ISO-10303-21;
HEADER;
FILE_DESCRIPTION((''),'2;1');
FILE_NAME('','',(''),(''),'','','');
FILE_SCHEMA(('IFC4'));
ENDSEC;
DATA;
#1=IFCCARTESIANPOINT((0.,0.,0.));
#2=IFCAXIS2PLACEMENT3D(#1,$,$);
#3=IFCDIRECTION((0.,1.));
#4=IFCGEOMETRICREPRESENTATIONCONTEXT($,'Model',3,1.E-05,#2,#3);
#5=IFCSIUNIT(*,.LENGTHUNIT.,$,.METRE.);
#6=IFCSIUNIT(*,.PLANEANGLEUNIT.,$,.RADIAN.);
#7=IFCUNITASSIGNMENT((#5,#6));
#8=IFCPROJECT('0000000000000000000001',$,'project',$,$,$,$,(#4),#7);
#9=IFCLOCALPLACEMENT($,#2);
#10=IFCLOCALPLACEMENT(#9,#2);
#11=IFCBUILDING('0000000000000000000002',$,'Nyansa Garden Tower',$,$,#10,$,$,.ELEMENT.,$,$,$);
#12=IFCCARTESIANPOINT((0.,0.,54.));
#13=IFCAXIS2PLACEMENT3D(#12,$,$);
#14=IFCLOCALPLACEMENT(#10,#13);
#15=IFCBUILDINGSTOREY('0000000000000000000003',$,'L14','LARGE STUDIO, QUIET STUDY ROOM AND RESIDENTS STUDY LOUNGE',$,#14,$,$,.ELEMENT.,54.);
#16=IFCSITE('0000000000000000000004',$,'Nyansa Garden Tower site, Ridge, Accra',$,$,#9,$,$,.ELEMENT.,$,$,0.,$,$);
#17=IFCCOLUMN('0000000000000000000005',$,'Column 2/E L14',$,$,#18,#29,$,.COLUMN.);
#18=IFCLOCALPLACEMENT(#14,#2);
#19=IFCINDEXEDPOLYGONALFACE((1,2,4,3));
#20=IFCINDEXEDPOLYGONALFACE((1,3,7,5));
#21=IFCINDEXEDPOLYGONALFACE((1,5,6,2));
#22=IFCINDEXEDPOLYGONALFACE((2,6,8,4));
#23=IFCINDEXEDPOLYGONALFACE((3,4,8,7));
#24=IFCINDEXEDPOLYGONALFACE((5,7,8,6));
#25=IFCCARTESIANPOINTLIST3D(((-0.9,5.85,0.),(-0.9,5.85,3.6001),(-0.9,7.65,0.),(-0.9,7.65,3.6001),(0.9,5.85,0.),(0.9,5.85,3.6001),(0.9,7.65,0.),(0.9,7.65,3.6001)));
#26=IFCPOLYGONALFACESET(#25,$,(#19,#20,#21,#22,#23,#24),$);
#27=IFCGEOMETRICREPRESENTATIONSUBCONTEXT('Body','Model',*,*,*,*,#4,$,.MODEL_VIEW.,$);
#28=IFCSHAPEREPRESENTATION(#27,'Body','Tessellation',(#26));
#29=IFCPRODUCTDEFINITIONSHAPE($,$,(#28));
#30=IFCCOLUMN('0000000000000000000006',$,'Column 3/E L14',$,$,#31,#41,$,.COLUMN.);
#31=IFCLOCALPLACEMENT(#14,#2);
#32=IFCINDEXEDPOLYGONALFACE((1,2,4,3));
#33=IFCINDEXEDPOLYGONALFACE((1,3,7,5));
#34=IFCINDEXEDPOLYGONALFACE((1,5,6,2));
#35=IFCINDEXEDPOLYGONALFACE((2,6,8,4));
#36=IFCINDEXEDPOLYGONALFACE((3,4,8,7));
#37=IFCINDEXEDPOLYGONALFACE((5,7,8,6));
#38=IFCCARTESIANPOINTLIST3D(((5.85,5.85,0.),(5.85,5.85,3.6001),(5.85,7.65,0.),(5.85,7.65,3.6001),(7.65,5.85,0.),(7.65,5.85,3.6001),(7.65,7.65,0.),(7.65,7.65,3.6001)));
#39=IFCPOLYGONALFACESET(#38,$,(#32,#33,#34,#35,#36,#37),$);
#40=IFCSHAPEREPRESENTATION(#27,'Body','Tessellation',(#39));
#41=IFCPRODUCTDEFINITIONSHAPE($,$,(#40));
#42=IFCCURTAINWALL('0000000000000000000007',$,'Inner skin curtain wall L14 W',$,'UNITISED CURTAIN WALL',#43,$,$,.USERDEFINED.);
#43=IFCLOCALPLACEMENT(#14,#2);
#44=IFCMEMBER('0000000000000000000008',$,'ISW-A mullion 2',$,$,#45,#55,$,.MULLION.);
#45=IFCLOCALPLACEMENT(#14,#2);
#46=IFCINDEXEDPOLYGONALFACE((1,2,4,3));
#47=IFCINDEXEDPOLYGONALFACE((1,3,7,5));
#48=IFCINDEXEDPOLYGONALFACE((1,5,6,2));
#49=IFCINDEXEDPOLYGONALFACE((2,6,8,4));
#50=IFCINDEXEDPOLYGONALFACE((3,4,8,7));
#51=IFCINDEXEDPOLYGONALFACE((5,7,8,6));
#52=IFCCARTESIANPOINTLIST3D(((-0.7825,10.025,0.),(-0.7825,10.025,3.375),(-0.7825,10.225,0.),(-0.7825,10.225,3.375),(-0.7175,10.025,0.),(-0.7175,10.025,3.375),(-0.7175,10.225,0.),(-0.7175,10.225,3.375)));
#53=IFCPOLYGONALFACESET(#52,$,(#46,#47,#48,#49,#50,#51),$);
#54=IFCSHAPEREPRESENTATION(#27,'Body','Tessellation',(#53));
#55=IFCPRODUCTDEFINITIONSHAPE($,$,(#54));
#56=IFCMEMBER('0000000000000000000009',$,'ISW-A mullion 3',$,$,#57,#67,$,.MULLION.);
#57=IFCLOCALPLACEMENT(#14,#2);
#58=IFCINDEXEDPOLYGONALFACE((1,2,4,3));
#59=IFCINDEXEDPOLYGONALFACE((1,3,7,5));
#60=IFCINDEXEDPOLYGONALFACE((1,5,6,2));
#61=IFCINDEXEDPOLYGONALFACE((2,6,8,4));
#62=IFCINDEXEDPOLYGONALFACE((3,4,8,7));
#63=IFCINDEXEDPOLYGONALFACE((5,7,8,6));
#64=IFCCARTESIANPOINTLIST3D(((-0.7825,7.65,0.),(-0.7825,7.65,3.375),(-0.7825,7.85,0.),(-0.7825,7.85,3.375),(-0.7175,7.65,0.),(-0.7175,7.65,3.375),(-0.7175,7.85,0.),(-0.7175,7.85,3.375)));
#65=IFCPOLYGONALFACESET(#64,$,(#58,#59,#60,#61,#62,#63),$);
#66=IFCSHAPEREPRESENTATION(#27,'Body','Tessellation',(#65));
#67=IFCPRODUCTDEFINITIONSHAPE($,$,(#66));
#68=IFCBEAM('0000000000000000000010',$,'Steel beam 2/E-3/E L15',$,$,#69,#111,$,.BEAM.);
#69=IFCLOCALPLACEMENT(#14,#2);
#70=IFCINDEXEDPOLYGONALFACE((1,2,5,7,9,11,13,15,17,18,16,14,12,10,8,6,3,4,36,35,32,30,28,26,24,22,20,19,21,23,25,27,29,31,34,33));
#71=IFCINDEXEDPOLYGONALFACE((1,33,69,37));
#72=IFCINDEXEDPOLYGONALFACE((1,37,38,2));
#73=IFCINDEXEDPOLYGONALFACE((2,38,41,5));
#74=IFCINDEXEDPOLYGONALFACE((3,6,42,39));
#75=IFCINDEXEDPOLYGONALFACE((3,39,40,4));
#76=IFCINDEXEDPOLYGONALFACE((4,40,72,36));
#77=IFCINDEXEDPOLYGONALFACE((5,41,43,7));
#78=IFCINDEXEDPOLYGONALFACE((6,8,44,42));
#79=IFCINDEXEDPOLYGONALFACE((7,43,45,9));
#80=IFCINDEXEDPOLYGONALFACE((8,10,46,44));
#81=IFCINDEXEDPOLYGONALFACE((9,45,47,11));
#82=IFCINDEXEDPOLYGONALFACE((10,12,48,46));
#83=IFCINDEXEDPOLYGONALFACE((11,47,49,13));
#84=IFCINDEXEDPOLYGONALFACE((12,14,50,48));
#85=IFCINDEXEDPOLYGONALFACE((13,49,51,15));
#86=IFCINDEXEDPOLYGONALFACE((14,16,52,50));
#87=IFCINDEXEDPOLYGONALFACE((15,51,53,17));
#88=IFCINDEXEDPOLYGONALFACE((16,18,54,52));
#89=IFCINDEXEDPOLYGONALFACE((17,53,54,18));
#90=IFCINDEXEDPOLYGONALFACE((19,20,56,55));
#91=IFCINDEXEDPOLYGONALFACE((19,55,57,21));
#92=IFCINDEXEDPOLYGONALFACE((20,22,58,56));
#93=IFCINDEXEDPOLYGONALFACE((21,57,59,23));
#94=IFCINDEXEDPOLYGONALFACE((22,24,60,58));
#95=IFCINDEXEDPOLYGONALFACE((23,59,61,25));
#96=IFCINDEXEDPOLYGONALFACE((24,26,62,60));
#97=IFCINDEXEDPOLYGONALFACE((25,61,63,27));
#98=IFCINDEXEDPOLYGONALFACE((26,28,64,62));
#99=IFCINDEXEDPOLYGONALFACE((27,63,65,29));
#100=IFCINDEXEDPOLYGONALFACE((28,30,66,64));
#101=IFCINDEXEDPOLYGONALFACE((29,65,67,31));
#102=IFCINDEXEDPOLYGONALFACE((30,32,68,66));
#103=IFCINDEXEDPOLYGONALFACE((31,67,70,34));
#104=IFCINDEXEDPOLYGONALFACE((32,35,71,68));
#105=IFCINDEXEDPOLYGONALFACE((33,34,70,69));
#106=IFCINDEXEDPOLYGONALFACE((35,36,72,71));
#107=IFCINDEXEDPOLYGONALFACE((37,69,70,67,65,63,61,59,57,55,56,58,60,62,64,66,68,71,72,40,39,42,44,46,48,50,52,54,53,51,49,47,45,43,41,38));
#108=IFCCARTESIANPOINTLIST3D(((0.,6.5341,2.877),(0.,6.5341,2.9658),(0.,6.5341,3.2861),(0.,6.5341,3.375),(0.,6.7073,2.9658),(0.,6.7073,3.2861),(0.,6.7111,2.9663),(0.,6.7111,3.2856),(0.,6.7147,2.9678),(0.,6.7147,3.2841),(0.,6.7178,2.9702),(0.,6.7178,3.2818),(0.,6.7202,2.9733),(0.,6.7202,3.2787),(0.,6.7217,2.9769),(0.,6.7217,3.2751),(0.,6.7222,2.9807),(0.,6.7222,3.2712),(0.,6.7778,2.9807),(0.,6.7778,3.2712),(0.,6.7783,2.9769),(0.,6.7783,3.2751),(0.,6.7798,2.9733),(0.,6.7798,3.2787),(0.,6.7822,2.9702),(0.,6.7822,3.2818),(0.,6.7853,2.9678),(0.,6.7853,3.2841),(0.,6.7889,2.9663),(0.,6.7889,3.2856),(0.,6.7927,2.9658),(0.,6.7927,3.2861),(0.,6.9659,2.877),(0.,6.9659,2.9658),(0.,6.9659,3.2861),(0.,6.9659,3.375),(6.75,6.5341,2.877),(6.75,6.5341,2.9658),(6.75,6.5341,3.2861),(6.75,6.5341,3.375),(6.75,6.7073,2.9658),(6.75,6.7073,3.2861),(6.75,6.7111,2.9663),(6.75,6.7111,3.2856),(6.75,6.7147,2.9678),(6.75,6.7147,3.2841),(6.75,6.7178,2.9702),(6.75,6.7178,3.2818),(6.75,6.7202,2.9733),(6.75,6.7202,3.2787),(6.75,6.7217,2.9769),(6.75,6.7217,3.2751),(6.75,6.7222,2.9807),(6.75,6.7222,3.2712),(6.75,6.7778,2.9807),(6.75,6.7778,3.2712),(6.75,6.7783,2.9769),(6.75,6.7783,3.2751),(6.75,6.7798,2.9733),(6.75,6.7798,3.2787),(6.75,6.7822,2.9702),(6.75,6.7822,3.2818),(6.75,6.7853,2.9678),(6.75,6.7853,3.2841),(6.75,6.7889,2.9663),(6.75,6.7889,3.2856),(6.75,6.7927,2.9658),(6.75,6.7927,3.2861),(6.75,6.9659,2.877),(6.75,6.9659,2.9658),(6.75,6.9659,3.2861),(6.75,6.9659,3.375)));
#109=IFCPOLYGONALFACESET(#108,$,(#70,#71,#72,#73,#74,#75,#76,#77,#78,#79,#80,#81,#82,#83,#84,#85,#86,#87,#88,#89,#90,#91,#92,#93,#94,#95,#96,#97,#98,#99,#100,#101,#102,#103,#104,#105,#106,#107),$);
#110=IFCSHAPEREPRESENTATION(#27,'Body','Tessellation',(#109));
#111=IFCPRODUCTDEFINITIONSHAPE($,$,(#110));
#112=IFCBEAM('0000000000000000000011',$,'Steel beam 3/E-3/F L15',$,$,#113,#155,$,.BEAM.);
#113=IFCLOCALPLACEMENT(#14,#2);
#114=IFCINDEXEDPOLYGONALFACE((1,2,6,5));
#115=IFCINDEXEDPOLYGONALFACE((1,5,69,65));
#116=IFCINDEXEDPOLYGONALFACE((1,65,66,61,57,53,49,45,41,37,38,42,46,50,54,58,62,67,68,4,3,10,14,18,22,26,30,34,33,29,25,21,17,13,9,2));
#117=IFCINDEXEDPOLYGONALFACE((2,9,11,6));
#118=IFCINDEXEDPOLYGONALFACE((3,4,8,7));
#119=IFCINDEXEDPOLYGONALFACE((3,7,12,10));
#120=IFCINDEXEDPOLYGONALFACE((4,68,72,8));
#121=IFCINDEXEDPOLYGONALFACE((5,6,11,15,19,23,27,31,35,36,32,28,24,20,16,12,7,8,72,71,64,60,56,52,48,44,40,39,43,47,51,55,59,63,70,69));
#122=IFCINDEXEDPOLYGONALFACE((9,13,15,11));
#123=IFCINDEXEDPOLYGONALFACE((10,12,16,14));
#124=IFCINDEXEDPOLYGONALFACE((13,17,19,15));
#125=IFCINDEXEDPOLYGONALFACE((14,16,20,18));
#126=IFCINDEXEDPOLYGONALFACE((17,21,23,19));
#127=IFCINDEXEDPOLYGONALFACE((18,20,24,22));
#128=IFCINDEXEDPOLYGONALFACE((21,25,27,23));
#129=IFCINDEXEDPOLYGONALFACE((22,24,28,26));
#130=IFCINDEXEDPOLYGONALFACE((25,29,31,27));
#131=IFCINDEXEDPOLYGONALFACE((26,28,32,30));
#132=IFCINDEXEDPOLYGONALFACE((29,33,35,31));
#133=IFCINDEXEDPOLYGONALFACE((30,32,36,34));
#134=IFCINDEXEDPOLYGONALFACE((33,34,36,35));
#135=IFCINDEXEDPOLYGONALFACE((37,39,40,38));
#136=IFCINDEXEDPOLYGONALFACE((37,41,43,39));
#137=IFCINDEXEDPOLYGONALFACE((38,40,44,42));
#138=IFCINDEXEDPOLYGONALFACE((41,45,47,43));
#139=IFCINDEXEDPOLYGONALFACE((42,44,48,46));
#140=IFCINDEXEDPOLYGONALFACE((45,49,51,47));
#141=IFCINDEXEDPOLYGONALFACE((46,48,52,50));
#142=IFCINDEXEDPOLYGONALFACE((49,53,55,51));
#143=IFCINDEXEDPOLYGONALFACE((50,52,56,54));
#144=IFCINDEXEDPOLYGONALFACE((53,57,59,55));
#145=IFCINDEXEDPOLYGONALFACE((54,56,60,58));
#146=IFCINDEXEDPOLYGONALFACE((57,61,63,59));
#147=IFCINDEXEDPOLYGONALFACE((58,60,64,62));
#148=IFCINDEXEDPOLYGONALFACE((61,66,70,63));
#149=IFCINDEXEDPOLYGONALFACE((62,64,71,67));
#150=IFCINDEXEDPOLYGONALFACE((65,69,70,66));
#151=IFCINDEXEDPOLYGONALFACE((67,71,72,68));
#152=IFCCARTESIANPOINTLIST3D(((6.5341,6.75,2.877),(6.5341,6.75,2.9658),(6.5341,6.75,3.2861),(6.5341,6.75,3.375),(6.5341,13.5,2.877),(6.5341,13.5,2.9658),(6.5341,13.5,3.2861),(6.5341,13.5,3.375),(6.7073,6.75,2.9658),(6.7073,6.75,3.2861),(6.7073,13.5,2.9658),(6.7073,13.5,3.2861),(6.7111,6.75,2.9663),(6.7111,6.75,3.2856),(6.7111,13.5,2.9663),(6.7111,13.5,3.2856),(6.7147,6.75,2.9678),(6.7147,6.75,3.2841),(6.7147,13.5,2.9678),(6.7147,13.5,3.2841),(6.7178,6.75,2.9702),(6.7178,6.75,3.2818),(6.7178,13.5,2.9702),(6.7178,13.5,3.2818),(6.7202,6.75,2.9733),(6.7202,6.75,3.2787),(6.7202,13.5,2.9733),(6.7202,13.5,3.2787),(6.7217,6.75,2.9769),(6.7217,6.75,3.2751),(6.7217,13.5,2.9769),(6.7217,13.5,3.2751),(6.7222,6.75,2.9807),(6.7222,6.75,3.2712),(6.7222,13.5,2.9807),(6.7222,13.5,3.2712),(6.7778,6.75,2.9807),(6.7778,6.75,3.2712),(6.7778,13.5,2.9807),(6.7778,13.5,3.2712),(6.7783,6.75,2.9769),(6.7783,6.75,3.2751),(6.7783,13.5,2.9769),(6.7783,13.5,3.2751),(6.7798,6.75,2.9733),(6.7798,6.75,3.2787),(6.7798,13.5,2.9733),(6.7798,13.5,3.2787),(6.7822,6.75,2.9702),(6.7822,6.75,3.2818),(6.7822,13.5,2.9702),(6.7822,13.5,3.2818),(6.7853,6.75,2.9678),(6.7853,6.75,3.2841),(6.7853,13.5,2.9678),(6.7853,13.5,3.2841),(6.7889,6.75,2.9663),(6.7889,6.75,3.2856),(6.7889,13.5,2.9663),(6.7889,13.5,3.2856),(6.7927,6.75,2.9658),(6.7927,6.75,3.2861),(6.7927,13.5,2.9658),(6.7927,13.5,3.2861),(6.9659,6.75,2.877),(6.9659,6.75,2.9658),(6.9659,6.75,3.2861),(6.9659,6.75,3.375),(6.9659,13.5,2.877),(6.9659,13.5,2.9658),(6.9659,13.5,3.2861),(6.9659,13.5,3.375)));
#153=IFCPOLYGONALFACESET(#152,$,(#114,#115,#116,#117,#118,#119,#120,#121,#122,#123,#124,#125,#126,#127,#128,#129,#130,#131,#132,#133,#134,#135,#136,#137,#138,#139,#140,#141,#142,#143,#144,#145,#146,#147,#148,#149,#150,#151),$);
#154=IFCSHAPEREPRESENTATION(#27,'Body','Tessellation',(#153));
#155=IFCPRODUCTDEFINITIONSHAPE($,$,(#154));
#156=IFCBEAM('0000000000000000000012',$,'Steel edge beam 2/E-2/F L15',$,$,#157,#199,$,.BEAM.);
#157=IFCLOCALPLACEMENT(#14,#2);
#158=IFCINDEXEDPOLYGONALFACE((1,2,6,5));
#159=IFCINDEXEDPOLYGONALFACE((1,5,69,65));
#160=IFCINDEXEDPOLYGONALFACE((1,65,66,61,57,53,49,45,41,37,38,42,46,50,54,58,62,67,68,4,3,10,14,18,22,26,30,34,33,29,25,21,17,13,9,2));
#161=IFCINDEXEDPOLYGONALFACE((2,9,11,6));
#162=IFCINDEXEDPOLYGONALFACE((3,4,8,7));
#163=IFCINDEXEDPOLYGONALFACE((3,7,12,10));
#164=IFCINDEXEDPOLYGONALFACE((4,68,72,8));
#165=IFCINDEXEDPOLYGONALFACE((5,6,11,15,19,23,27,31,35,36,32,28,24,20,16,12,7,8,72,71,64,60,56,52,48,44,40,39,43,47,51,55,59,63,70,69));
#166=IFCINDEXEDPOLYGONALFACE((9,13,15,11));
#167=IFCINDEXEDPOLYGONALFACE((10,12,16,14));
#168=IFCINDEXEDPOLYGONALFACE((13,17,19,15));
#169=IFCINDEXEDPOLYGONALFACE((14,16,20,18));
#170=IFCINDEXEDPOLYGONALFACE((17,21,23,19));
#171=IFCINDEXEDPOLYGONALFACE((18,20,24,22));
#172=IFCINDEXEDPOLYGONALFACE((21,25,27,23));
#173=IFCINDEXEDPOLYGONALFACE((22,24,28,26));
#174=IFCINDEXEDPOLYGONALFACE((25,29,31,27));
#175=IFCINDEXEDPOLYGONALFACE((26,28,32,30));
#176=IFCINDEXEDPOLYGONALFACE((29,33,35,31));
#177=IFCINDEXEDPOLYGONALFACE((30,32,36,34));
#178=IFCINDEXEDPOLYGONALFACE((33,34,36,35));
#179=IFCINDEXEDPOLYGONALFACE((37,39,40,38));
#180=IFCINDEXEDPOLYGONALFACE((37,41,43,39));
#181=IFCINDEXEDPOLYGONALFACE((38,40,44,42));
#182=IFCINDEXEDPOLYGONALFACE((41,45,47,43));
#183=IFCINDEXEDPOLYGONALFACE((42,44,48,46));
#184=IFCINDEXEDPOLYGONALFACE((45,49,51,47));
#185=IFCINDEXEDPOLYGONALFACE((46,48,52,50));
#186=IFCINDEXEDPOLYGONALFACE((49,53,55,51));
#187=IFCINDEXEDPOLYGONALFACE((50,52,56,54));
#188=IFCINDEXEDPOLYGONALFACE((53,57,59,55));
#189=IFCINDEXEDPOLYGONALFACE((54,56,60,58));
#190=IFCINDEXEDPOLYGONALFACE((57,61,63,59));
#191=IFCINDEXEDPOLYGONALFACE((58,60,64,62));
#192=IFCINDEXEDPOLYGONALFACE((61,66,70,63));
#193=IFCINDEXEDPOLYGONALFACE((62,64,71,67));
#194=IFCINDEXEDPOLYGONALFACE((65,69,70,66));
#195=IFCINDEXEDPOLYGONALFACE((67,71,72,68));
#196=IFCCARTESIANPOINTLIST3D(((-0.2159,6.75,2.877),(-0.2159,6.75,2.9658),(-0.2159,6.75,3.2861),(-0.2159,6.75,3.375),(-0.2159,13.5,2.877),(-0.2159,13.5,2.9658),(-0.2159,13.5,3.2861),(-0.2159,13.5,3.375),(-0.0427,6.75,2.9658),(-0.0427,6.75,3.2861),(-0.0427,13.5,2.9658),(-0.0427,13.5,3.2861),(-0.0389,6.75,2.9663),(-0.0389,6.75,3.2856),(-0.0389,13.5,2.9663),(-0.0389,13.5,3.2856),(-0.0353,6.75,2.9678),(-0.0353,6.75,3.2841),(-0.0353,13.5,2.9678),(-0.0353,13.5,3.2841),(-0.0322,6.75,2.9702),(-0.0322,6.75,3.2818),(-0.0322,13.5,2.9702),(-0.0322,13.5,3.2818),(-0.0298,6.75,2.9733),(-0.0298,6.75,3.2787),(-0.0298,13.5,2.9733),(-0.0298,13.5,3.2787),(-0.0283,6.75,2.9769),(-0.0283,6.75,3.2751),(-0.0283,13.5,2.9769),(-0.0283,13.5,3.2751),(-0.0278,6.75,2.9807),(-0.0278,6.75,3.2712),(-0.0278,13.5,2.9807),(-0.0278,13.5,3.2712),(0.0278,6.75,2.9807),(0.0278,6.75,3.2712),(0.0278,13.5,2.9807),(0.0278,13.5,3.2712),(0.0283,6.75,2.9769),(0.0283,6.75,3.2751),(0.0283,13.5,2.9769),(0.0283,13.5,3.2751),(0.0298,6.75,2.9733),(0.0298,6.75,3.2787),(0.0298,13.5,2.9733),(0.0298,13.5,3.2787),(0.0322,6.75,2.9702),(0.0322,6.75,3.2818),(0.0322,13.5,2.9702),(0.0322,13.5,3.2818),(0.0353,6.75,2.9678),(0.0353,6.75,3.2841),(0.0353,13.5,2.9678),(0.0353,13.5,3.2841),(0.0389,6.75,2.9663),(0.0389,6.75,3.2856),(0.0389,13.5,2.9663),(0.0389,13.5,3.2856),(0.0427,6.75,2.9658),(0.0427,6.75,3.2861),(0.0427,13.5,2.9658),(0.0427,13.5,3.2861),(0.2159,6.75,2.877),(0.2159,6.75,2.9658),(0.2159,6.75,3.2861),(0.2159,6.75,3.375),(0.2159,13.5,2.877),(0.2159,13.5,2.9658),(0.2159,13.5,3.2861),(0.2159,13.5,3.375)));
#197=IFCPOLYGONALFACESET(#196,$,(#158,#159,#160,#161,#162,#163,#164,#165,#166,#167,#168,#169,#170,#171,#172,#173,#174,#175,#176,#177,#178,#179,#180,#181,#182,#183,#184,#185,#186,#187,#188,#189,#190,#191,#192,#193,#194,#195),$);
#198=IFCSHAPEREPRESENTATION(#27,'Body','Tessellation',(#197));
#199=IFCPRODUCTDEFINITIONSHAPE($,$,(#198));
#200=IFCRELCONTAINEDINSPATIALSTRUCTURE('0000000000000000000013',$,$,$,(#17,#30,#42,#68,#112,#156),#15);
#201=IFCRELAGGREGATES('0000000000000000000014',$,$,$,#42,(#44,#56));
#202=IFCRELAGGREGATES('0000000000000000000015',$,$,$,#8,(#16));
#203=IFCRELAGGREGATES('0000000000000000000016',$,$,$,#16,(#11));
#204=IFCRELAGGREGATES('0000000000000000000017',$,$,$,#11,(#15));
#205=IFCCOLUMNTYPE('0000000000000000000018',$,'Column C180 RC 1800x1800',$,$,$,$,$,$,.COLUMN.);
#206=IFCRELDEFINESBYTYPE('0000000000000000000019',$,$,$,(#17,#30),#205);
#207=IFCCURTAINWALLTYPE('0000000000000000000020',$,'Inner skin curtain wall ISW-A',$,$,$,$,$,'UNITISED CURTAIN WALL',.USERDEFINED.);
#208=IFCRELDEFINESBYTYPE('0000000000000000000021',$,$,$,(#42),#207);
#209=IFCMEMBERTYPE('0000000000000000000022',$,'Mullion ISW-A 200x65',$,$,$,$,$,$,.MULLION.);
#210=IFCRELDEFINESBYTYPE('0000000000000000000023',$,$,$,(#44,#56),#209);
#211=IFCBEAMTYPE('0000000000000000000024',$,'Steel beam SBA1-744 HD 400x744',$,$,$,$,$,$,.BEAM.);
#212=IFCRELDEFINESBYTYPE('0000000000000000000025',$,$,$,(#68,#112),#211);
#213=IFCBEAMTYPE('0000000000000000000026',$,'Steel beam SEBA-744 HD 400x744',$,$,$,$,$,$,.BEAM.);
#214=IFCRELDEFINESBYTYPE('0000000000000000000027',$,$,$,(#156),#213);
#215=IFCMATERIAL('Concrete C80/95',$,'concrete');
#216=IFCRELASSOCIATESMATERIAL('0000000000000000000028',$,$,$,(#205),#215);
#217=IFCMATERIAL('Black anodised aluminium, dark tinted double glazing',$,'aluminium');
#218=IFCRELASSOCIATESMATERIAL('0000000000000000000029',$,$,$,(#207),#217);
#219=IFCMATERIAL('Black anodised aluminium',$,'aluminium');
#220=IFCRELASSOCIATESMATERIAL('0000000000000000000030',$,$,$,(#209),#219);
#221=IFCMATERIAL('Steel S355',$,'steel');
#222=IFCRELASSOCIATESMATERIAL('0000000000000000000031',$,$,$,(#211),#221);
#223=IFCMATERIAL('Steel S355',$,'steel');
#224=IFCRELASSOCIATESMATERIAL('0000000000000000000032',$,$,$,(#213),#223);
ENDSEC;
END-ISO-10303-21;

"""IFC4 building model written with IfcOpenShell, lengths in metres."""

from ifc_helpers import new_model, si_unit, direction, frame, origin, origin_2d, place, context, subcontext, project, spatial, rectangle, i_section, extrude, material, material_profile, profile_set, type_object, element, aggregate, save


model = new_model("IFC4")

# Units and contexts
model_context = context("Model", 3, precision=1e-05, world=origin(), true_north=direction((0.0, 1.0)))
body_context = subcontext(model_context, "Body", "Model", "MODEL_VIEW")
ifc_project = project(units=[si_unit("LENGTHUNIT", "METRE"), si_unit("PLANEANGLEUNIT", "RADIAN")], contexts=[model_context])

# Site, building, storey
site_placement = place(None, origin())
site = spatial("IfcSite", under=ifc_project, at=site_placement, Name="Nyansa Garden Tower site, Ridge, Accra", CompositionType="ELEMENT", RefElevation=0.0)
building_placement = place(site_placement, origin())
building = spatial("IfcBuilding", under=site, at=building_placement, Name="Nyansa Garden Tower", CompositionType="ELEMENT")
storey_placement = place(building_placement, frame((0.0, 0.0, 54.0)))
storey = spatial("IfcBuildingStorey", under=building, at=storey_placement, Name="L14", Description="LARGE STUDIO, QUIET STUDY ROOM AND RESIDENTS STUDY LOUNGE", CompositionType="ELEMENT", Elevation=54.0)

# Columns
ifc_material_1 = material(Name="Concrete C80/95", Category="concrete")
ifc_material_profile_1 = material_profile(ifc_material_1, rectangle(XDim=1.8, YDim=1.8, at=origin_2d()), Name="RC 1800x1800")
ifc_profile_set_1 = profile_set([ifc_material_profile_1], Name="Concrete C80/95")
column_type = type_object("IfcColumnType", Name="Column C180 RC 1800x1800", PredefinedType="COLUMN", material=ifc_profile_set_1)
for number, where, z_axis, x_axis, name in (
    (1, (0.0, 6.75, 0.0), (0.0, 0.0, 1.0), (1.0, 0.0, 0.0), "Column 2/E L14"),
    (2, (6.75, 6.75, 0.0), (0.0, 0.0, 1.0), (1.0, 0.0, 0.0), "Column 3/E L14"),
):
    element("IfcColumn", number, at=place(storey_placement, frame(where, z_axis=z_axis, x_axis=x_axis)), inside=storey, type_object=column_type, Name=name, PredefinedType="COLUMN", context=body_context, shape_type="SweptSolid", body=[
        extrude(rectangle(XDim=1.8, YDim=1.8, at=origin_2d()), origin(), (0.0, 0.0, 1.0), 3.6001),
    ])

# Curtain wall, members
ifc_material_2 = material(Name="Black anodised aluminium, dark tinted double glazing", Category="aluminium")
curtain_wall_type = type_object("IfcCurtainWallType", Name="Inner skin curtain wall ISW-A", ElementType="UNITISED CURTAIN WALL", PredefinedType="USERDEFINED", material=ifc_material_2)
curtain_wall_placement = place(storey_placement, origin())
curtain_wall = element("IfcCurtainWall", 3, at=curtain_wall_placement, inside=storey, type_object=curtain_wall_type, Name="Inner skin curtain wall L14 W", ObjectType="UNITISED CURTAIN WALL", PredefinedType="USERDEFINED")
ifc_material_3 = material(Name="Black anodised aluminium", Category="aluminium")
ifc_material_profile_2 = material_profile(ifc_material_3, rectangle(XDim=0.0649, YDim=0.2, at=origin_2d()), Name="Mullion 200x65")
ifc_profile_set_2 = profile_set([ifc_material_profile_2], Name="Black anodised aluminium")
member_type_1 = type_object("IfcMemberType", Name="Mullion ISW-A 200x65", PredefinedType="MULLION", material=ifc_profile_set_2)
member_1_placement = place(storey_placement, frame((-0.75, 10.125, 0.0), z_axis=(0.0, 0.0, 1.0), x_axis=(1.0, 0.0, 0.0)))
member_1 = element("IfcMember", 4, at=member_1_placement, type_object=member_type_1, Name="ISW-A mullion 2", PredefinedType="MULLION", context=body_context, shape_type="SweptSolid", body=[
    extrude(rectangle(XDim=0.0649, YDim=0.2, at=origin_2d()), origin(), (0.0, 0.0, 1.0), 3.375),
])
member_2_placement = place(storey_placement, frame((-0.75, 7.75, 0.0), z_axis=(0.0, 0.0, 1.0), x_axis=(1.0, 0.0, 0.0)))
member_2 = element("IfcMember", 5, at=member_2_placement, type_object=member_type_1, Name="ISW-A mullion 3", PredefinedType="MULLION", context=body_context, shape_type="SweptSolid", body=[
    extrude(rectangle(XDim=0.0649, YDim=0.2, at=origin_2d()), origin(), (0.0, 0.0, 1.0), 3.375),
])

# Beams
ifc_material_4 = material(Name="Steel S355", Category="steel")
ifc_material_profile_3 = material_profile(ifc_material_4, i_section(OverallWidth=0.4319, OverallDepth=0.498, WebThickness=0.0557, FlangeThickness=0.0889, FilletRadius=0.0149, at=origin_2d()), Name="HD 400x744")
ifc_profile_set_3 = profile_set([ifc_material_profile_3], Name="Steel S355")
beam_type_1 = type_object("IfcBeamType", Name="Steel beam SBA1-744 HD 400x744", PredefinedType="BEAM", material=ifc_profile_set_3)
for number, where, z_axis, x_axis, name in (
    (6, (0.0, 6.75, 3.126), (1.0, 0.0, 0.0), (0.0, 1.0, 0.0), "Steel beam 2/E-3/E L15"),
    (7, (6.75, 6.75, 3.126), (0.0, 1.0, 0.0), (-1.0, 0.0, 0.0), "Steel beam 3/E-3/F L15"),
):
    element("IfcBeam", number, at=place(storey_placement, frame(where, z_axis=z_axis, x_axis=x_axis)), inside=storey, type_object=beam_type_1, Name=name, PredefinedType="BEAM", context=body_context, shape_type="SweptSolid", body=[
        extrude(i_section(OverallWidth=0.4319, OverallDepth=0.498, WebThickness=0.0557, FlangeThickness=0.0889, FilletRadius=0.0149, at=origin_2d()), origin(), (0.0, 0.0, 1.0), 6.75),
    ])
ifc_material_5 = material(Name="Steel S355", Category="steel")
ifc_material_profile_4 = material_profile(ifc_material_5, i_section(OverallWidth=0.4319, OverallDepth=0.498, WebThickness=0.0557, FlangeThickness=0.0889, FilletRadius=0.0149, at=origin_2d()), Name="HD 400x744")
ifc_profile_set_4 = profile_set([ifc_material_profile_4], Name="Steel S355")
beam_type_2 = type_object("IfcBeamType", Name="Steel beam SEBA-744 HD 400x744", PredefinedType="BEAM", material=ifc_profile_set_4)
beam_placement = place(storey_placement, frame((0.0, 6.75, 3.126), z_axis=(0.0, 1.0, 0.0), x_axis=(-1.0, 0.0, 0.0)))
element("IfcBeam", 8, at=beam_placement, inside=storey, type_object=beam_type_2, Name="Steel edge beam 2/E-2/F L15", PredefinedType="BEAM", context=body_context, shape_type="SweptSolid", body=[
    extrude(i_section(OverallWidth=0.4319, OverallDepth=0.498, WebThickness=0.0557, FlangeThickness=0.0889, FilletRadius=0.0149, at=origin_2d()), origin(), (0.0, 0.0, 1.0), 6.75),
])

aggregate(curtain_wall, [member_1, member_2])

save(model, "model.ifc")
